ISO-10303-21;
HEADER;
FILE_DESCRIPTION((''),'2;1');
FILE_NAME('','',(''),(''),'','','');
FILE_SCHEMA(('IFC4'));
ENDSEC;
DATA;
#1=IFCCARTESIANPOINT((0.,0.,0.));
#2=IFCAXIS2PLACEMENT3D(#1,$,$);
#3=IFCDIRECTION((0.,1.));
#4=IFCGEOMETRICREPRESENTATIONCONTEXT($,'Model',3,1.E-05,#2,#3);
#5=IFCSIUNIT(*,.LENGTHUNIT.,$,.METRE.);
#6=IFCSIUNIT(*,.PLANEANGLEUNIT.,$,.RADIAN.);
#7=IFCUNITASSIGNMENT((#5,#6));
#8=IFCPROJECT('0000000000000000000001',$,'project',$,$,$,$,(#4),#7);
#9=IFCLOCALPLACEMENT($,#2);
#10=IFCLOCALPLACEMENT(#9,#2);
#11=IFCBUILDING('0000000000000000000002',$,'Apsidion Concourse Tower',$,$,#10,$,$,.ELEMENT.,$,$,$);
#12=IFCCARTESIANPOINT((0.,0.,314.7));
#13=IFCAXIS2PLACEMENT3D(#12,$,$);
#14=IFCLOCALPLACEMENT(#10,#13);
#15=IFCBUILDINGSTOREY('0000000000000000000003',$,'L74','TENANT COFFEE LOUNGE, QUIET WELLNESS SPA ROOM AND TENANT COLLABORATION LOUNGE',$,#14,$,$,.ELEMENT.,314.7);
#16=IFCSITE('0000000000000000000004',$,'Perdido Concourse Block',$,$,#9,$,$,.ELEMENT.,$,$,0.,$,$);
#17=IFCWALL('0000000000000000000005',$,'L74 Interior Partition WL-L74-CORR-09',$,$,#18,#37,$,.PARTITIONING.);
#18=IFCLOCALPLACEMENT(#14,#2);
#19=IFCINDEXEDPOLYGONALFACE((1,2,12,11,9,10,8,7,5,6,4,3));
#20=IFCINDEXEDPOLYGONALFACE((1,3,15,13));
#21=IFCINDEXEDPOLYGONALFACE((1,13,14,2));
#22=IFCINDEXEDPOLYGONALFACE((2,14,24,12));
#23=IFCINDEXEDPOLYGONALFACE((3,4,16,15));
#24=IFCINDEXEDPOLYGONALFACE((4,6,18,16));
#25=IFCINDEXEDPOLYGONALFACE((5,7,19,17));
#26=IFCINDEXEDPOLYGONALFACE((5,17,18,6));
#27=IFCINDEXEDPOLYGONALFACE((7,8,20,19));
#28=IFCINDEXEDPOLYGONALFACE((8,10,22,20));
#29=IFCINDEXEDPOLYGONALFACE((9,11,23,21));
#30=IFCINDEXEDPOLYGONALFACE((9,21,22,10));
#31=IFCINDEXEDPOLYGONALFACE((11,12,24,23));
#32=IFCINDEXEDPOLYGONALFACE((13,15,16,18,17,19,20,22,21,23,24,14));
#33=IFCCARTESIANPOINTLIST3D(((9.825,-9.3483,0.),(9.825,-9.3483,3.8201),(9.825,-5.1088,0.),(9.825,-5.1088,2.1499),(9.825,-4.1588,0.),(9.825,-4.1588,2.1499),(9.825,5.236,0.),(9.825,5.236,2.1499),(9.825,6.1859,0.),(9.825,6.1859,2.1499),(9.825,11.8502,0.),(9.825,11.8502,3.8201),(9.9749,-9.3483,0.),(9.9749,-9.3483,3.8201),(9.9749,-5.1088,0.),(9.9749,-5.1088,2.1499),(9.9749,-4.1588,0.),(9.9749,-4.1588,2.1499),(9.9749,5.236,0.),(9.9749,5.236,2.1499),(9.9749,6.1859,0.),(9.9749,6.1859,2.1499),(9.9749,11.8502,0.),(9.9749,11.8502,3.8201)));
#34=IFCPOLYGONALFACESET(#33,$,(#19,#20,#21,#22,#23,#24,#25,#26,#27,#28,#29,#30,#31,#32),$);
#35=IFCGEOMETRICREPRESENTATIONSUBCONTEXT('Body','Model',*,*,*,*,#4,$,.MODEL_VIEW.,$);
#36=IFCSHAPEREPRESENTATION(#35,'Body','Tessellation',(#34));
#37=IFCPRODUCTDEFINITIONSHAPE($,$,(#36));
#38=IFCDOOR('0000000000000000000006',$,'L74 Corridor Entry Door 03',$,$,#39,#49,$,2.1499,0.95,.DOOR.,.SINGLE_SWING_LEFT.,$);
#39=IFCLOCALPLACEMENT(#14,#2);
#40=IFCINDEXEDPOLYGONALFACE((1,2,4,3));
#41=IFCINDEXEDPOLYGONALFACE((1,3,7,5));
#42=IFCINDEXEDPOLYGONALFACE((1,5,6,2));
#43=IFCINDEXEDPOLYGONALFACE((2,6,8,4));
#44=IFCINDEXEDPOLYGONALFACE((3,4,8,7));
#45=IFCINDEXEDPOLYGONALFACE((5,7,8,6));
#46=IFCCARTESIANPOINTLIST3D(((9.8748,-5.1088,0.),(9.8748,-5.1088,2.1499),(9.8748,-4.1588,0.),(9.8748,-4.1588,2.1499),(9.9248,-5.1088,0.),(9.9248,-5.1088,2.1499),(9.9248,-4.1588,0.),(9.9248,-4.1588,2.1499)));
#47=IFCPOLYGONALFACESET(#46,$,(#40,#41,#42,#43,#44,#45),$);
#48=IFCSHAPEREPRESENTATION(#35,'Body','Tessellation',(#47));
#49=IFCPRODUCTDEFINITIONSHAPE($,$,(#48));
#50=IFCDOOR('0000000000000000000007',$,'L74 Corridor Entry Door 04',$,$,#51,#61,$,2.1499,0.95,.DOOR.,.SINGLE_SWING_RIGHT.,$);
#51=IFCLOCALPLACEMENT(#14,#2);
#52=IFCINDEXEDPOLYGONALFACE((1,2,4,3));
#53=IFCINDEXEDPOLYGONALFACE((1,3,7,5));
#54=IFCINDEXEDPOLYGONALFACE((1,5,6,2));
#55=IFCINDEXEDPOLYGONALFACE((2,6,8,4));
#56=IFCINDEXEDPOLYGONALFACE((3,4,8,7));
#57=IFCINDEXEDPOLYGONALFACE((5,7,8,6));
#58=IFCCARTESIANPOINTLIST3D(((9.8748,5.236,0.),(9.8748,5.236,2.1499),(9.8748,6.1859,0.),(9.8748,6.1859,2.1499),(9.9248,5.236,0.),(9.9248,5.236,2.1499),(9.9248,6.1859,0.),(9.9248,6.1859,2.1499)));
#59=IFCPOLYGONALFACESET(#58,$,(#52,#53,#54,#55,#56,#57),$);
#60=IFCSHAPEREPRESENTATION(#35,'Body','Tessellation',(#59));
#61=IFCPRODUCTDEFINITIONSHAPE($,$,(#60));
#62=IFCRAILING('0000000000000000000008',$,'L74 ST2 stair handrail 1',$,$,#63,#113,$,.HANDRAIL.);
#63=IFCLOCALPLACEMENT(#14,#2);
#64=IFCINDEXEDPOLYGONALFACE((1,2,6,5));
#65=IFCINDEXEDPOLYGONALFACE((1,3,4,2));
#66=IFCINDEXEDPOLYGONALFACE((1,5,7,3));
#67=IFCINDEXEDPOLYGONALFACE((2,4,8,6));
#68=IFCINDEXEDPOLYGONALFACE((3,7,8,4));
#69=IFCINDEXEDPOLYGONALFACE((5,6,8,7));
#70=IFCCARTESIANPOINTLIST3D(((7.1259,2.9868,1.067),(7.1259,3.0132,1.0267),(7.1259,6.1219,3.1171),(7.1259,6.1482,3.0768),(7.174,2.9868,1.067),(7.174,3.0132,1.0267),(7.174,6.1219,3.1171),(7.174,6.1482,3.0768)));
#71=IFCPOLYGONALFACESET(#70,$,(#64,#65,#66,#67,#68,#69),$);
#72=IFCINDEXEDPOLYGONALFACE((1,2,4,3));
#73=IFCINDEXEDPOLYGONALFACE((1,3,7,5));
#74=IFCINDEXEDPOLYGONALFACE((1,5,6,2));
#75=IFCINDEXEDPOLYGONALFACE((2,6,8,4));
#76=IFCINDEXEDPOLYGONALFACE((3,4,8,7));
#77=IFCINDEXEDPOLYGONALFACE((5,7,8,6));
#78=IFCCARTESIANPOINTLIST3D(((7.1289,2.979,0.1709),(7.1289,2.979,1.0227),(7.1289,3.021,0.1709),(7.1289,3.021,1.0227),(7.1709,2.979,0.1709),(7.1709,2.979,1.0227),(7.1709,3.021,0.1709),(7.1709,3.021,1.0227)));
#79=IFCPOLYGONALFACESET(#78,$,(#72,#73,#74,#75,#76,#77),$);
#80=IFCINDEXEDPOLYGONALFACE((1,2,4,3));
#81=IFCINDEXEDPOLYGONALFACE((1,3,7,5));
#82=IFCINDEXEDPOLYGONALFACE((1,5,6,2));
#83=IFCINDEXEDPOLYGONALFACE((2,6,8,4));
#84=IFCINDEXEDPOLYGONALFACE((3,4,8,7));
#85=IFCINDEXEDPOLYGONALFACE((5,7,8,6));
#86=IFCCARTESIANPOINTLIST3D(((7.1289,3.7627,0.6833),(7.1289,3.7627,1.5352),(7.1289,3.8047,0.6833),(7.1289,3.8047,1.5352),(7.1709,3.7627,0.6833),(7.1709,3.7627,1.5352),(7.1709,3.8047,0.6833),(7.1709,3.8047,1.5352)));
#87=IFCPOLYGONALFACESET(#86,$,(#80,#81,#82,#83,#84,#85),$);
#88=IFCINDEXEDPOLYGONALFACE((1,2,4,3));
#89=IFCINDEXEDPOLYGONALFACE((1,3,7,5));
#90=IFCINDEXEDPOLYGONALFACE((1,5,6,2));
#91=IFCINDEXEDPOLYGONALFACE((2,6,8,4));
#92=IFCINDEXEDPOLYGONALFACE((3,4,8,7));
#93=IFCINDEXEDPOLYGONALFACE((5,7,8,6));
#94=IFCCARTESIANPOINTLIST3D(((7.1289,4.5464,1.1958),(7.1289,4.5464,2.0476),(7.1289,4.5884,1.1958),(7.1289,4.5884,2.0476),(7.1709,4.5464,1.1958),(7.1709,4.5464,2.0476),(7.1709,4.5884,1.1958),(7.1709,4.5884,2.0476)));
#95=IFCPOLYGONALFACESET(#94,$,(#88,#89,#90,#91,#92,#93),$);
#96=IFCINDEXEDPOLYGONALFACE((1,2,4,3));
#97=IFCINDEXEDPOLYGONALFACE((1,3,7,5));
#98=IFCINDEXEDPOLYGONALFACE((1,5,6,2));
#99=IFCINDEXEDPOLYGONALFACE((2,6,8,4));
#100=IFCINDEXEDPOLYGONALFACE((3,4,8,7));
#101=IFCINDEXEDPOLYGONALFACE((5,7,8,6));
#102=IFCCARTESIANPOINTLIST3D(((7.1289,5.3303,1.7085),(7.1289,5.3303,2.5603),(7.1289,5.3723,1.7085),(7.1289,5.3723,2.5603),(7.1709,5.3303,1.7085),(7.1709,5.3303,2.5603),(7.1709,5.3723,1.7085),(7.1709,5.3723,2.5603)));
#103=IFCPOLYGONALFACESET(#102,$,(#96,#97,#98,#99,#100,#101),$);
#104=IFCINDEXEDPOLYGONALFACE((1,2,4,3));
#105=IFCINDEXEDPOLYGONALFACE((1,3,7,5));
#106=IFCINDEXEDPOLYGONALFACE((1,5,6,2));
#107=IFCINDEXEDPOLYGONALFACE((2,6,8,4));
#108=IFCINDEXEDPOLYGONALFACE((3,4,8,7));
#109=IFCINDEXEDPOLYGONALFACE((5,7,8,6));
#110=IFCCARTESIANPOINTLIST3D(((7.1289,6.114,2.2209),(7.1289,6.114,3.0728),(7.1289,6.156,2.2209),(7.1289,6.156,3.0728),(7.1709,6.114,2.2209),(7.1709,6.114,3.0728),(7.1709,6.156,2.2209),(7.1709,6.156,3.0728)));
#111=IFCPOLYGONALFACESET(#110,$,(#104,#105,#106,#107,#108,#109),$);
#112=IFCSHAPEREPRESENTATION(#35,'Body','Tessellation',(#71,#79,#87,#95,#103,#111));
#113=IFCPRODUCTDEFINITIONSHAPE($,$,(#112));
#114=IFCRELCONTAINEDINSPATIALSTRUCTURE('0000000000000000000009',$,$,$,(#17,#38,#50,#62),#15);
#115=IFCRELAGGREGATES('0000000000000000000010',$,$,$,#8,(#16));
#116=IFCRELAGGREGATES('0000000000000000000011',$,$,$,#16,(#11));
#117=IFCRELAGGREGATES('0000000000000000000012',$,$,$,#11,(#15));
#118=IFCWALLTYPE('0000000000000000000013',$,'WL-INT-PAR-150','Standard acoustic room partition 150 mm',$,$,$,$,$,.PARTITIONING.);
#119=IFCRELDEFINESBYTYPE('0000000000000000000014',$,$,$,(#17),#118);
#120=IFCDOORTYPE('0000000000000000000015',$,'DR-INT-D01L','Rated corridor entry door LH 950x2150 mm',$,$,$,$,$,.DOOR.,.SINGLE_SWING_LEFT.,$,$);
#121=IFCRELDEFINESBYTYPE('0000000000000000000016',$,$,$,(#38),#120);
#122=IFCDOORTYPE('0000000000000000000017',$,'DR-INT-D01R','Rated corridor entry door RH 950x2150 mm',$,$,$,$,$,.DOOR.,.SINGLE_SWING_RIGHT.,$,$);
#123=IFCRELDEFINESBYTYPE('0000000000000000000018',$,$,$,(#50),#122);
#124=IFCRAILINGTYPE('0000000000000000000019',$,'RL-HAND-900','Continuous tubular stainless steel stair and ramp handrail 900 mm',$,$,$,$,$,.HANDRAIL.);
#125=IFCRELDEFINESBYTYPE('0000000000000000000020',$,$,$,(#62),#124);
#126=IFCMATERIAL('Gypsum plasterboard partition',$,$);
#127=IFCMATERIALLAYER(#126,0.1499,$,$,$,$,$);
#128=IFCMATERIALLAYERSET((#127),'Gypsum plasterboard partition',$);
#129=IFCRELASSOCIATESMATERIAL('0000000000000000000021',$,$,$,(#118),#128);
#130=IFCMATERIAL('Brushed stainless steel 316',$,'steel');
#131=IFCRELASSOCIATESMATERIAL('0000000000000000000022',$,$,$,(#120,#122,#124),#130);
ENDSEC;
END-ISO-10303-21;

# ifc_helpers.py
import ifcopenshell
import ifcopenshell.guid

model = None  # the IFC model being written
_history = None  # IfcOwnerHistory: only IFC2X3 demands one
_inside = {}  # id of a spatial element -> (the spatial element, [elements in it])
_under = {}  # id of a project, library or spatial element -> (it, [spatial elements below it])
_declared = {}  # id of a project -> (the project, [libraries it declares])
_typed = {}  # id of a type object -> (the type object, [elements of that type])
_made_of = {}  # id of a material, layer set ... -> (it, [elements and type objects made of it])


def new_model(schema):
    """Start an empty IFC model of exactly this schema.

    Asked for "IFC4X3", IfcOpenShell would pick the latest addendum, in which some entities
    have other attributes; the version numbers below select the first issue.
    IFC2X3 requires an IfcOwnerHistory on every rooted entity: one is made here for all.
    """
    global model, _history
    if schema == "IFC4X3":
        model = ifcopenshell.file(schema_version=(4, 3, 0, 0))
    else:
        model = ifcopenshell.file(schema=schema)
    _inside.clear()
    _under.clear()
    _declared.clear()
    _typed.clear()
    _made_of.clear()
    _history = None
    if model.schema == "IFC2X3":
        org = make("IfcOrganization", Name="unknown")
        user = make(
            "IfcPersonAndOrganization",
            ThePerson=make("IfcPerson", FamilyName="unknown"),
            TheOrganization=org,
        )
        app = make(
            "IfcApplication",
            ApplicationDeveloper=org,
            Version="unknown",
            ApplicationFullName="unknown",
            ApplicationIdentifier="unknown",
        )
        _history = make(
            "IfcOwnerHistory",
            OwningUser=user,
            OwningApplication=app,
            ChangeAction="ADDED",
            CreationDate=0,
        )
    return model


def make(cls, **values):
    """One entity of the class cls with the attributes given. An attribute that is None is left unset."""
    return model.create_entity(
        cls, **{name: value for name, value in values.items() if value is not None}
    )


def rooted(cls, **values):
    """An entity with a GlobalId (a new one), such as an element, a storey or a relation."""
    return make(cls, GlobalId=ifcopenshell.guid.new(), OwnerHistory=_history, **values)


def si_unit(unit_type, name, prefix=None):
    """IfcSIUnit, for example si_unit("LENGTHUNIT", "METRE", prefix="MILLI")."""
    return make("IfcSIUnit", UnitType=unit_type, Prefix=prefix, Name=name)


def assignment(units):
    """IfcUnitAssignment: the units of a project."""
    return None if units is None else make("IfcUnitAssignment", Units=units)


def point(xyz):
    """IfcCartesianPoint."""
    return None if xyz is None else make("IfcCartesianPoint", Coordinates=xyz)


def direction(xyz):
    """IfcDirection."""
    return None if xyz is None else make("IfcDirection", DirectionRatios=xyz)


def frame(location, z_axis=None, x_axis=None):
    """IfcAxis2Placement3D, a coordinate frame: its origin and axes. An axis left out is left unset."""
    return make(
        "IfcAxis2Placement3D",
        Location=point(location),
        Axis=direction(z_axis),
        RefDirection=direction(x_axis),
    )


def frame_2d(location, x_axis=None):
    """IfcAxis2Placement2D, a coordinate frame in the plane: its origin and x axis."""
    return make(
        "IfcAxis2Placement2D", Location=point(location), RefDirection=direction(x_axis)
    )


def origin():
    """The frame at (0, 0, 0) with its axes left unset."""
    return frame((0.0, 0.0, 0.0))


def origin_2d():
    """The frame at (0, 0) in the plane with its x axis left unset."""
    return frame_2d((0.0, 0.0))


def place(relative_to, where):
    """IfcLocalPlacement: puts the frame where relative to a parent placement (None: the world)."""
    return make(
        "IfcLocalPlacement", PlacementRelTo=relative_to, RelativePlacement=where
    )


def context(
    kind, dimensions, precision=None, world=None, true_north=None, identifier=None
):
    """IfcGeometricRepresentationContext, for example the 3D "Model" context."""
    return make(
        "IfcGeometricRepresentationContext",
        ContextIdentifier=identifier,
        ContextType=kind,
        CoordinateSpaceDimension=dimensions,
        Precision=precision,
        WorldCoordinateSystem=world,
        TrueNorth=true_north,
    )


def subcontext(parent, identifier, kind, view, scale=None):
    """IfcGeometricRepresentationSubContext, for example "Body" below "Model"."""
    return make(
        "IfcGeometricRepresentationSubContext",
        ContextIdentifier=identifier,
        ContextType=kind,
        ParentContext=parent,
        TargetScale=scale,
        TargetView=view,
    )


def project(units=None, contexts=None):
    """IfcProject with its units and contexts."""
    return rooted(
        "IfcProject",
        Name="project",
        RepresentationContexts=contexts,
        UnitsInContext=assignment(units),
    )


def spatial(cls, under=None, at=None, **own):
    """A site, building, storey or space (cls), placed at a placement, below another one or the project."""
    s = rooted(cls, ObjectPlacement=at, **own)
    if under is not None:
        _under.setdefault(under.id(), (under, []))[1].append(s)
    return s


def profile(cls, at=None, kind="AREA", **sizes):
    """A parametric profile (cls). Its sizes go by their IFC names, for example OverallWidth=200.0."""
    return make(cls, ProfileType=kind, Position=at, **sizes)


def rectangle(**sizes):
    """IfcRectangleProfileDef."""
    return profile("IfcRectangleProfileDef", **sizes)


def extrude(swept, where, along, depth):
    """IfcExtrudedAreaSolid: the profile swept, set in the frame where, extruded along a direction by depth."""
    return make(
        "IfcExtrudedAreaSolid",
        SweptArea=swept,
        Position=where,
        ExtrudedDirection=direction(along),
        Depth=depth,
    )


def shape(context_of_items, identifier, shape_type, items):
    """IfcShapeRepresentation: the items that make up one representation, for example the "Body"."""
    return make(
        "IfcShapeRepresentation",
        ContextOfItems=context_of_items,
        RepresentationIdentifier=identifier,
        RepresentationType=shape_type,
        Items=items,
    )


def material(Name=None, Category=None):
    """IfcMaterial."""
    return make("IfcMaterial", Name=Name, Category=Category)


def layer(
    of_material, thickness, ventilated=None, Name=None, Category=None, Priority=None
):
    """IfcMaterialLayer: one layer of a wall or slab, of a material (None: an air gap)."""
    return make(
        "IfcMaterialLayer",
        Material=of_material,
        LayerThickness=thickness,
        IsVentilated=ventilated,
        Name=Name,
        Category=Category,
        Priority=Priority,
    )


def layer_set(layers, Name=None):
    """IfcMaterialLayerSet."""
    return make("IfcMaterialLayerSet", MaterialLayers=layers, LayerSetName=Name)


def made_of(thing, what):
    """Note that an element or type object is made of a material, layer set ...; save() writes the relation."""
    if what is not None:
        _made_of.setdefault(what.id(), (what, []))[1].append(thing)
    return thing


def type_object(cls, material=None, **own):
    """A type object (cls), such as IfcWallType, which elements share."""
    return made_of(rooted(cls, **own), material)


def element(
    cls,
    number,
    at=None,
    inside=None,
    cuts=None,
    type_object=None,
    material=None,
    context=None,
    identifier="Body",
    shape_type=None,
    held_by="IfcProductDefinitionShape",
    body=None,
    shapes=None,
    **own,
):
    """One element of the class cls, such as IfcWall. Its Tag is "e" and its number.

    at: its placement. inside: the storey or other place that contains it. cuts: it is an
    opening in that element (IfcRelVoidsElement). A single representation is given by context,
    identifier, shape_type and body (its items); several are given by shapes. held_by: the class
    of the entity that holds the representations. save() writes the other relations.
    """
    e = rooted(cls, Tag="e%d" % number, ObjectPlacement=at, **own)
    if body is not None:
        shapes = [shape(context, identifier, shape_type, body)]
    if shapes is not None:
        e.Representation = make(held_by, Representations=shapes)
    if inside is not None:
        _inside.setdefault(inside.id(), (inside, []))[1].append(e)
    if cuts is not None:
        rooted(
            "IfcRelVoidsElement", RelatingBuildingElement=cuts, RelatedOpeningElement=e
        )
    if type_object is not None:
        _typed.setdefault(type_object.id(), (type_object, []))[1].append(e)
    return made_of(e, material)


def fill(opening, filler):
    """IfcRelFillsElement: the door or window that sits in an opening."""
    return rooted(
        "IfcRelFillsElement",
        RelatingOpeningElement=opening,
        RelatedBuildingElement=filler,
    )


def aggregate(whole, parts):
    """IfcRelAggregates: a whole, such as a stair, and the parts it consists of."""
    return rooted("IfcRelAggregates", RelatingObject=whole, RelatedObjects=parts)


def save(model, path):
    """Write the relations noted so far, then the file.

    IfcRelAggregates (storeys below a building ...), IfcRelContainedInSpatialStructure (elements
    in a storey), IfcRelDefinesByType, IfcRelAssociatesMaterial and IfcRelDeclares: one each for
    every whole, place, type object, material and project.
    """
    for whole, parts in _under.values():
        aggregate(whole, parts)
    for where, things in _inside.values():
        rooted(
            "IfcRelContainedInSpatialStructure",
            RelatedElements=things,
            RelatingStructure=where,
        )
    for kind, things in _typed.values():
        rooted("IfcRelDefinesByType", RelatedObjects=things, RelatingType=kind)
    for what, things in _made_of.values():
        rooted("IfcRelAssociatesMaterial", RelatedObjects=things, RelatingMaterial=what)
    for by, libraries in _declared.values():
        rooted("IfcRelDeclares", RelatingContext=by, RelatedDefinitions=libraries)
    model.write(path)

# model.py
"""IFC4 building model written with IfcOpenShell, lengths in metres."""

from ifc_helpers import new_model, si_unit, direction, frame, frame_2d, origin, origin_2d, place, context, subcontext, project, spatial, rectangle, extrude, material, layer, layer_set, type_object, element, fill, save


model = new_model("IFC4")

# Units and contexts
model_context = context("Model", 3, precision=1e-05, world=origin(), true_north=direction((0.0, 1.0)))
body_context = subcontext(model_context, "Body", "Model", "MODEL_VIEW")
ifc_project = project(units=[si_unit("LENGTHUNIT", "METRE"), si_unit("PLANEANGLEUNIT", "RADIAN")], contexts=[model_context])

# Site, building, storey
site_placement = place(None, origin())
site = spatial("IfcSite", under=ifc_project, at=site_placement, Name="Perdido Concourse Block", CompositionType="ELEMENT", RefElevation=0.0)
building_placement = place(site_placement, origin())
building = spatial("IfcBuilding", under=site, at=building_placement, Name="Apsidion Concourse Tower", CompositionType="ELEMENT")
storey_placement = place(building_placement, frame((0.0, 0.0, 314.7)))
storey = spatial("IfcBuildingStorey", under=building, at=storey_placement, Name="L74", Description="TENANT COFFEE LOUNGE, QUIET WELLNESS SPA ROOM AND TENANT COLLABORATION LOUNGE", CompositionType="ELEMENT", Elevation=314.7)

# Wall, openings, doors
ifc_material_1 = material(Name="Gypsum plasterboard partition")
ifc_layer_1 = layer(ifc_material_1, 0.1499)
ifc_layer_set_1 = layer_set([ifc_layer_1], Name="Gypsum plasterboard partition")
wall_type_1 = type_object("IfcWallType", Name="WL-INT-PAR-150", Description="Standard acoustic room partition 150 mm", PredefinedType="PARTITIONING", material=ifc_layer_set_1)
wall_1_placement = place(storey_placement, frame((9.8999, 11.8501, 0.0), z_axis=(0.0, 0.0, 1.0), x_axis=(0.0, -1.0, 0.0)))
wall_1 = element("IfcWall", 1, at=wall_1_placement, inside=storey, type_object=wall_type_1, Name="L74 Interior Partition WL-L74-CORR-09", PredefinedType="PARTITIONING", context=body_context, shape_type="SweptSolid", body=[
    extrude(rectangle(XDim=21.1985, YDim=0.1499, at=frame_2d((10.5991, 0.0))), origin(), (0.0, 0.0, 1.0), 3.8201),
])
opening_1_placement = place(wall_1_placement, frame((16.0088, 0.0, 0.0)))
opening_1 = element("IfcOpeningElement", 2, at=opening_1_placement, cuts=wall_1, PredefinedType="OPENING", context=body_context, shape_type="SweptSolid", body=[
    extrude(rectangle(XDim=0.95, YDim=2.1499, at=frame_2d((0.4751, 1.075))), frame((0.0, 0.085, 0.0), z_axis=(0.0, -1.0, 0.0), x_axis=(1.0, 0.0, 0.0)), (0.0, 0.0, 1.0), 0.1699),
])
opening_2_placement = place(wall_1_placement, frame((5.6641, 0.0, 0.0)))
opening_2 = element("IfcOpeningElement", 3, at=opening_2_placement, cuts=wall_1, PredefinedType="OPENING", context=body_context, shape_type="SweptSolid", body=[
    extrude(rectangle(XDim=0.95, YDim=2.1499, at=frame_2d((0.4751, 1.075))), frame((0.0, 0.085, 0.0), z_axis=(0.0, -1.0, 0.0), x_axis=(1.0, 0.0, 0.0)), (0.0, 0.0, 1.0), 0.1699),
])
ifc_material_2 = material(Name="Brushed stainless steel 316", Category="steel")
door_type_1 = type_object("IfcDoorType", Name="DR-INT-D01L", Description="Rated corridor entry door LH 950x2150 mm", OperationType="SINGLE_SWING_LEFT", PredefinedType="DOOR", material=ifc_material_2)
door_1_placement = place(opening_1_placement, origin())
door_1 = element("IfcDoor", 4, at=door_1_placement, inside=storey, type_object=door_type_1, Name="L74 Corridor Entry Door 03", OperationType="SINGLE_SWING_LEFT", OverallHeight=2.1499, OverallWidth=0.95, PredefinedType="DOOR", context=body_context, shape_type="SweptSolid", body=[
    extrude(rectangle(XDim=0.95, YDim=2.1499, at=frame_2d((0.4751, 1.075))), frame((0.0, 0.0249, 0.0), z_axis=(0.0, -1.0, 0.0), x_axis=(1.0, 0.0, 0.0)), (0.0, 0.0, 1.0), 0.05),
])
fill(opening_1, door_1)
door_type_2 = type_object("IfcDoorType", Name="DR-INT-D01R", Description="Rated corridor entry door RH 950x2150 mm", OperationType="SINGLE_SWING_RIGHT", PredefinedType="DOOR", material=ifc_material_2)
door_2_placement = place(opening_2_placement, origin())
door_2 = element("IfcDoor", 5, at=door_2_placement, inside=storey, type_object=door_type_2, Name="L74 Corridor Entry Door 04", OperationType="SINGLE_SWING_RIGHT", OverallHeight=2.1499, OverallWidth=0.95, PredefinedType="DOOR", context=body_context, shape_type="SweptSolid", body=[
    extrude(rectangle(XDim=0.95, YDim=2.1499, at=frame_2d((0.4751, 1.075))), frame((0.0, 0.0249, 0.0), z_axis=(0.0, -1.0, 0.0), x_axis=(1.0, 0.0, 0.0)), (0.0, 0.0, 1.0), 0.05),
])
fill(opening_2, door_2)

# Railing
railing_type_1 = type_object("IfcRailingType", Name="RL-HAND-900", Description="Continuous tubular stainless steel stair and ramp handrail 900 mm", PredefinedType="HANDRAIL", material=ifc_material_2)
railing_1_placement = place(storey_placement, frame((7.1499, 3.0, 0.1709)))
element("IfcRailing", 6, at=railing_1_placement, inside=storey, type_object=railing_type_1, Name="L74 ST2 stair handrail 1", PredefinedType="HANDRAIL", context=body_context, shape_type="SweptSolid", body=[
    extrude(rectangle(XDim=0.0481, YDim=0.0481, at=origin_2d()), frame((0.0, 0.0, 0.876), z_axis=(0.0, 0.836941, 0.547293), x_axis=(-1.0, 0.0, 0.0)), (0.0, 0.0, 1.0), 3.7458),
    extrude(rectangle(XDim=0.042, YDim=0.042, at=origin_2d()), origin(), (0.0, 0.0, 1.0), 0.8518),
    extrude(rectangle(XDim=0.042, YDim=0.042, at=origin_2d()), frame((0.0, 0.7837, 0.5125)), (0.0, 0.0, 1.0), 0.8518),
    extrude(rectangle(XDim=0.042, YDim=0.042, at=origin_2d()), frame((0.0, 1.5674, 1.0249)), (0.0, 0.0, 1.0), 0.8518),
    extrude(rectangle(XDim=0.042, YDim=0.042, at=origin_2d()), frame((0.0, 2.3513, 1.5376)), (0.0, 0.0, 1.0), 0.8518),
    extrude(rectangle(XDim=0.042, YDim=0.042, at=origin_2d()), frame((0.0, 3.135, 2.05)), (0.0, 0.0, 1.0), 0.8518),
])

save(model, "model.ifc")
